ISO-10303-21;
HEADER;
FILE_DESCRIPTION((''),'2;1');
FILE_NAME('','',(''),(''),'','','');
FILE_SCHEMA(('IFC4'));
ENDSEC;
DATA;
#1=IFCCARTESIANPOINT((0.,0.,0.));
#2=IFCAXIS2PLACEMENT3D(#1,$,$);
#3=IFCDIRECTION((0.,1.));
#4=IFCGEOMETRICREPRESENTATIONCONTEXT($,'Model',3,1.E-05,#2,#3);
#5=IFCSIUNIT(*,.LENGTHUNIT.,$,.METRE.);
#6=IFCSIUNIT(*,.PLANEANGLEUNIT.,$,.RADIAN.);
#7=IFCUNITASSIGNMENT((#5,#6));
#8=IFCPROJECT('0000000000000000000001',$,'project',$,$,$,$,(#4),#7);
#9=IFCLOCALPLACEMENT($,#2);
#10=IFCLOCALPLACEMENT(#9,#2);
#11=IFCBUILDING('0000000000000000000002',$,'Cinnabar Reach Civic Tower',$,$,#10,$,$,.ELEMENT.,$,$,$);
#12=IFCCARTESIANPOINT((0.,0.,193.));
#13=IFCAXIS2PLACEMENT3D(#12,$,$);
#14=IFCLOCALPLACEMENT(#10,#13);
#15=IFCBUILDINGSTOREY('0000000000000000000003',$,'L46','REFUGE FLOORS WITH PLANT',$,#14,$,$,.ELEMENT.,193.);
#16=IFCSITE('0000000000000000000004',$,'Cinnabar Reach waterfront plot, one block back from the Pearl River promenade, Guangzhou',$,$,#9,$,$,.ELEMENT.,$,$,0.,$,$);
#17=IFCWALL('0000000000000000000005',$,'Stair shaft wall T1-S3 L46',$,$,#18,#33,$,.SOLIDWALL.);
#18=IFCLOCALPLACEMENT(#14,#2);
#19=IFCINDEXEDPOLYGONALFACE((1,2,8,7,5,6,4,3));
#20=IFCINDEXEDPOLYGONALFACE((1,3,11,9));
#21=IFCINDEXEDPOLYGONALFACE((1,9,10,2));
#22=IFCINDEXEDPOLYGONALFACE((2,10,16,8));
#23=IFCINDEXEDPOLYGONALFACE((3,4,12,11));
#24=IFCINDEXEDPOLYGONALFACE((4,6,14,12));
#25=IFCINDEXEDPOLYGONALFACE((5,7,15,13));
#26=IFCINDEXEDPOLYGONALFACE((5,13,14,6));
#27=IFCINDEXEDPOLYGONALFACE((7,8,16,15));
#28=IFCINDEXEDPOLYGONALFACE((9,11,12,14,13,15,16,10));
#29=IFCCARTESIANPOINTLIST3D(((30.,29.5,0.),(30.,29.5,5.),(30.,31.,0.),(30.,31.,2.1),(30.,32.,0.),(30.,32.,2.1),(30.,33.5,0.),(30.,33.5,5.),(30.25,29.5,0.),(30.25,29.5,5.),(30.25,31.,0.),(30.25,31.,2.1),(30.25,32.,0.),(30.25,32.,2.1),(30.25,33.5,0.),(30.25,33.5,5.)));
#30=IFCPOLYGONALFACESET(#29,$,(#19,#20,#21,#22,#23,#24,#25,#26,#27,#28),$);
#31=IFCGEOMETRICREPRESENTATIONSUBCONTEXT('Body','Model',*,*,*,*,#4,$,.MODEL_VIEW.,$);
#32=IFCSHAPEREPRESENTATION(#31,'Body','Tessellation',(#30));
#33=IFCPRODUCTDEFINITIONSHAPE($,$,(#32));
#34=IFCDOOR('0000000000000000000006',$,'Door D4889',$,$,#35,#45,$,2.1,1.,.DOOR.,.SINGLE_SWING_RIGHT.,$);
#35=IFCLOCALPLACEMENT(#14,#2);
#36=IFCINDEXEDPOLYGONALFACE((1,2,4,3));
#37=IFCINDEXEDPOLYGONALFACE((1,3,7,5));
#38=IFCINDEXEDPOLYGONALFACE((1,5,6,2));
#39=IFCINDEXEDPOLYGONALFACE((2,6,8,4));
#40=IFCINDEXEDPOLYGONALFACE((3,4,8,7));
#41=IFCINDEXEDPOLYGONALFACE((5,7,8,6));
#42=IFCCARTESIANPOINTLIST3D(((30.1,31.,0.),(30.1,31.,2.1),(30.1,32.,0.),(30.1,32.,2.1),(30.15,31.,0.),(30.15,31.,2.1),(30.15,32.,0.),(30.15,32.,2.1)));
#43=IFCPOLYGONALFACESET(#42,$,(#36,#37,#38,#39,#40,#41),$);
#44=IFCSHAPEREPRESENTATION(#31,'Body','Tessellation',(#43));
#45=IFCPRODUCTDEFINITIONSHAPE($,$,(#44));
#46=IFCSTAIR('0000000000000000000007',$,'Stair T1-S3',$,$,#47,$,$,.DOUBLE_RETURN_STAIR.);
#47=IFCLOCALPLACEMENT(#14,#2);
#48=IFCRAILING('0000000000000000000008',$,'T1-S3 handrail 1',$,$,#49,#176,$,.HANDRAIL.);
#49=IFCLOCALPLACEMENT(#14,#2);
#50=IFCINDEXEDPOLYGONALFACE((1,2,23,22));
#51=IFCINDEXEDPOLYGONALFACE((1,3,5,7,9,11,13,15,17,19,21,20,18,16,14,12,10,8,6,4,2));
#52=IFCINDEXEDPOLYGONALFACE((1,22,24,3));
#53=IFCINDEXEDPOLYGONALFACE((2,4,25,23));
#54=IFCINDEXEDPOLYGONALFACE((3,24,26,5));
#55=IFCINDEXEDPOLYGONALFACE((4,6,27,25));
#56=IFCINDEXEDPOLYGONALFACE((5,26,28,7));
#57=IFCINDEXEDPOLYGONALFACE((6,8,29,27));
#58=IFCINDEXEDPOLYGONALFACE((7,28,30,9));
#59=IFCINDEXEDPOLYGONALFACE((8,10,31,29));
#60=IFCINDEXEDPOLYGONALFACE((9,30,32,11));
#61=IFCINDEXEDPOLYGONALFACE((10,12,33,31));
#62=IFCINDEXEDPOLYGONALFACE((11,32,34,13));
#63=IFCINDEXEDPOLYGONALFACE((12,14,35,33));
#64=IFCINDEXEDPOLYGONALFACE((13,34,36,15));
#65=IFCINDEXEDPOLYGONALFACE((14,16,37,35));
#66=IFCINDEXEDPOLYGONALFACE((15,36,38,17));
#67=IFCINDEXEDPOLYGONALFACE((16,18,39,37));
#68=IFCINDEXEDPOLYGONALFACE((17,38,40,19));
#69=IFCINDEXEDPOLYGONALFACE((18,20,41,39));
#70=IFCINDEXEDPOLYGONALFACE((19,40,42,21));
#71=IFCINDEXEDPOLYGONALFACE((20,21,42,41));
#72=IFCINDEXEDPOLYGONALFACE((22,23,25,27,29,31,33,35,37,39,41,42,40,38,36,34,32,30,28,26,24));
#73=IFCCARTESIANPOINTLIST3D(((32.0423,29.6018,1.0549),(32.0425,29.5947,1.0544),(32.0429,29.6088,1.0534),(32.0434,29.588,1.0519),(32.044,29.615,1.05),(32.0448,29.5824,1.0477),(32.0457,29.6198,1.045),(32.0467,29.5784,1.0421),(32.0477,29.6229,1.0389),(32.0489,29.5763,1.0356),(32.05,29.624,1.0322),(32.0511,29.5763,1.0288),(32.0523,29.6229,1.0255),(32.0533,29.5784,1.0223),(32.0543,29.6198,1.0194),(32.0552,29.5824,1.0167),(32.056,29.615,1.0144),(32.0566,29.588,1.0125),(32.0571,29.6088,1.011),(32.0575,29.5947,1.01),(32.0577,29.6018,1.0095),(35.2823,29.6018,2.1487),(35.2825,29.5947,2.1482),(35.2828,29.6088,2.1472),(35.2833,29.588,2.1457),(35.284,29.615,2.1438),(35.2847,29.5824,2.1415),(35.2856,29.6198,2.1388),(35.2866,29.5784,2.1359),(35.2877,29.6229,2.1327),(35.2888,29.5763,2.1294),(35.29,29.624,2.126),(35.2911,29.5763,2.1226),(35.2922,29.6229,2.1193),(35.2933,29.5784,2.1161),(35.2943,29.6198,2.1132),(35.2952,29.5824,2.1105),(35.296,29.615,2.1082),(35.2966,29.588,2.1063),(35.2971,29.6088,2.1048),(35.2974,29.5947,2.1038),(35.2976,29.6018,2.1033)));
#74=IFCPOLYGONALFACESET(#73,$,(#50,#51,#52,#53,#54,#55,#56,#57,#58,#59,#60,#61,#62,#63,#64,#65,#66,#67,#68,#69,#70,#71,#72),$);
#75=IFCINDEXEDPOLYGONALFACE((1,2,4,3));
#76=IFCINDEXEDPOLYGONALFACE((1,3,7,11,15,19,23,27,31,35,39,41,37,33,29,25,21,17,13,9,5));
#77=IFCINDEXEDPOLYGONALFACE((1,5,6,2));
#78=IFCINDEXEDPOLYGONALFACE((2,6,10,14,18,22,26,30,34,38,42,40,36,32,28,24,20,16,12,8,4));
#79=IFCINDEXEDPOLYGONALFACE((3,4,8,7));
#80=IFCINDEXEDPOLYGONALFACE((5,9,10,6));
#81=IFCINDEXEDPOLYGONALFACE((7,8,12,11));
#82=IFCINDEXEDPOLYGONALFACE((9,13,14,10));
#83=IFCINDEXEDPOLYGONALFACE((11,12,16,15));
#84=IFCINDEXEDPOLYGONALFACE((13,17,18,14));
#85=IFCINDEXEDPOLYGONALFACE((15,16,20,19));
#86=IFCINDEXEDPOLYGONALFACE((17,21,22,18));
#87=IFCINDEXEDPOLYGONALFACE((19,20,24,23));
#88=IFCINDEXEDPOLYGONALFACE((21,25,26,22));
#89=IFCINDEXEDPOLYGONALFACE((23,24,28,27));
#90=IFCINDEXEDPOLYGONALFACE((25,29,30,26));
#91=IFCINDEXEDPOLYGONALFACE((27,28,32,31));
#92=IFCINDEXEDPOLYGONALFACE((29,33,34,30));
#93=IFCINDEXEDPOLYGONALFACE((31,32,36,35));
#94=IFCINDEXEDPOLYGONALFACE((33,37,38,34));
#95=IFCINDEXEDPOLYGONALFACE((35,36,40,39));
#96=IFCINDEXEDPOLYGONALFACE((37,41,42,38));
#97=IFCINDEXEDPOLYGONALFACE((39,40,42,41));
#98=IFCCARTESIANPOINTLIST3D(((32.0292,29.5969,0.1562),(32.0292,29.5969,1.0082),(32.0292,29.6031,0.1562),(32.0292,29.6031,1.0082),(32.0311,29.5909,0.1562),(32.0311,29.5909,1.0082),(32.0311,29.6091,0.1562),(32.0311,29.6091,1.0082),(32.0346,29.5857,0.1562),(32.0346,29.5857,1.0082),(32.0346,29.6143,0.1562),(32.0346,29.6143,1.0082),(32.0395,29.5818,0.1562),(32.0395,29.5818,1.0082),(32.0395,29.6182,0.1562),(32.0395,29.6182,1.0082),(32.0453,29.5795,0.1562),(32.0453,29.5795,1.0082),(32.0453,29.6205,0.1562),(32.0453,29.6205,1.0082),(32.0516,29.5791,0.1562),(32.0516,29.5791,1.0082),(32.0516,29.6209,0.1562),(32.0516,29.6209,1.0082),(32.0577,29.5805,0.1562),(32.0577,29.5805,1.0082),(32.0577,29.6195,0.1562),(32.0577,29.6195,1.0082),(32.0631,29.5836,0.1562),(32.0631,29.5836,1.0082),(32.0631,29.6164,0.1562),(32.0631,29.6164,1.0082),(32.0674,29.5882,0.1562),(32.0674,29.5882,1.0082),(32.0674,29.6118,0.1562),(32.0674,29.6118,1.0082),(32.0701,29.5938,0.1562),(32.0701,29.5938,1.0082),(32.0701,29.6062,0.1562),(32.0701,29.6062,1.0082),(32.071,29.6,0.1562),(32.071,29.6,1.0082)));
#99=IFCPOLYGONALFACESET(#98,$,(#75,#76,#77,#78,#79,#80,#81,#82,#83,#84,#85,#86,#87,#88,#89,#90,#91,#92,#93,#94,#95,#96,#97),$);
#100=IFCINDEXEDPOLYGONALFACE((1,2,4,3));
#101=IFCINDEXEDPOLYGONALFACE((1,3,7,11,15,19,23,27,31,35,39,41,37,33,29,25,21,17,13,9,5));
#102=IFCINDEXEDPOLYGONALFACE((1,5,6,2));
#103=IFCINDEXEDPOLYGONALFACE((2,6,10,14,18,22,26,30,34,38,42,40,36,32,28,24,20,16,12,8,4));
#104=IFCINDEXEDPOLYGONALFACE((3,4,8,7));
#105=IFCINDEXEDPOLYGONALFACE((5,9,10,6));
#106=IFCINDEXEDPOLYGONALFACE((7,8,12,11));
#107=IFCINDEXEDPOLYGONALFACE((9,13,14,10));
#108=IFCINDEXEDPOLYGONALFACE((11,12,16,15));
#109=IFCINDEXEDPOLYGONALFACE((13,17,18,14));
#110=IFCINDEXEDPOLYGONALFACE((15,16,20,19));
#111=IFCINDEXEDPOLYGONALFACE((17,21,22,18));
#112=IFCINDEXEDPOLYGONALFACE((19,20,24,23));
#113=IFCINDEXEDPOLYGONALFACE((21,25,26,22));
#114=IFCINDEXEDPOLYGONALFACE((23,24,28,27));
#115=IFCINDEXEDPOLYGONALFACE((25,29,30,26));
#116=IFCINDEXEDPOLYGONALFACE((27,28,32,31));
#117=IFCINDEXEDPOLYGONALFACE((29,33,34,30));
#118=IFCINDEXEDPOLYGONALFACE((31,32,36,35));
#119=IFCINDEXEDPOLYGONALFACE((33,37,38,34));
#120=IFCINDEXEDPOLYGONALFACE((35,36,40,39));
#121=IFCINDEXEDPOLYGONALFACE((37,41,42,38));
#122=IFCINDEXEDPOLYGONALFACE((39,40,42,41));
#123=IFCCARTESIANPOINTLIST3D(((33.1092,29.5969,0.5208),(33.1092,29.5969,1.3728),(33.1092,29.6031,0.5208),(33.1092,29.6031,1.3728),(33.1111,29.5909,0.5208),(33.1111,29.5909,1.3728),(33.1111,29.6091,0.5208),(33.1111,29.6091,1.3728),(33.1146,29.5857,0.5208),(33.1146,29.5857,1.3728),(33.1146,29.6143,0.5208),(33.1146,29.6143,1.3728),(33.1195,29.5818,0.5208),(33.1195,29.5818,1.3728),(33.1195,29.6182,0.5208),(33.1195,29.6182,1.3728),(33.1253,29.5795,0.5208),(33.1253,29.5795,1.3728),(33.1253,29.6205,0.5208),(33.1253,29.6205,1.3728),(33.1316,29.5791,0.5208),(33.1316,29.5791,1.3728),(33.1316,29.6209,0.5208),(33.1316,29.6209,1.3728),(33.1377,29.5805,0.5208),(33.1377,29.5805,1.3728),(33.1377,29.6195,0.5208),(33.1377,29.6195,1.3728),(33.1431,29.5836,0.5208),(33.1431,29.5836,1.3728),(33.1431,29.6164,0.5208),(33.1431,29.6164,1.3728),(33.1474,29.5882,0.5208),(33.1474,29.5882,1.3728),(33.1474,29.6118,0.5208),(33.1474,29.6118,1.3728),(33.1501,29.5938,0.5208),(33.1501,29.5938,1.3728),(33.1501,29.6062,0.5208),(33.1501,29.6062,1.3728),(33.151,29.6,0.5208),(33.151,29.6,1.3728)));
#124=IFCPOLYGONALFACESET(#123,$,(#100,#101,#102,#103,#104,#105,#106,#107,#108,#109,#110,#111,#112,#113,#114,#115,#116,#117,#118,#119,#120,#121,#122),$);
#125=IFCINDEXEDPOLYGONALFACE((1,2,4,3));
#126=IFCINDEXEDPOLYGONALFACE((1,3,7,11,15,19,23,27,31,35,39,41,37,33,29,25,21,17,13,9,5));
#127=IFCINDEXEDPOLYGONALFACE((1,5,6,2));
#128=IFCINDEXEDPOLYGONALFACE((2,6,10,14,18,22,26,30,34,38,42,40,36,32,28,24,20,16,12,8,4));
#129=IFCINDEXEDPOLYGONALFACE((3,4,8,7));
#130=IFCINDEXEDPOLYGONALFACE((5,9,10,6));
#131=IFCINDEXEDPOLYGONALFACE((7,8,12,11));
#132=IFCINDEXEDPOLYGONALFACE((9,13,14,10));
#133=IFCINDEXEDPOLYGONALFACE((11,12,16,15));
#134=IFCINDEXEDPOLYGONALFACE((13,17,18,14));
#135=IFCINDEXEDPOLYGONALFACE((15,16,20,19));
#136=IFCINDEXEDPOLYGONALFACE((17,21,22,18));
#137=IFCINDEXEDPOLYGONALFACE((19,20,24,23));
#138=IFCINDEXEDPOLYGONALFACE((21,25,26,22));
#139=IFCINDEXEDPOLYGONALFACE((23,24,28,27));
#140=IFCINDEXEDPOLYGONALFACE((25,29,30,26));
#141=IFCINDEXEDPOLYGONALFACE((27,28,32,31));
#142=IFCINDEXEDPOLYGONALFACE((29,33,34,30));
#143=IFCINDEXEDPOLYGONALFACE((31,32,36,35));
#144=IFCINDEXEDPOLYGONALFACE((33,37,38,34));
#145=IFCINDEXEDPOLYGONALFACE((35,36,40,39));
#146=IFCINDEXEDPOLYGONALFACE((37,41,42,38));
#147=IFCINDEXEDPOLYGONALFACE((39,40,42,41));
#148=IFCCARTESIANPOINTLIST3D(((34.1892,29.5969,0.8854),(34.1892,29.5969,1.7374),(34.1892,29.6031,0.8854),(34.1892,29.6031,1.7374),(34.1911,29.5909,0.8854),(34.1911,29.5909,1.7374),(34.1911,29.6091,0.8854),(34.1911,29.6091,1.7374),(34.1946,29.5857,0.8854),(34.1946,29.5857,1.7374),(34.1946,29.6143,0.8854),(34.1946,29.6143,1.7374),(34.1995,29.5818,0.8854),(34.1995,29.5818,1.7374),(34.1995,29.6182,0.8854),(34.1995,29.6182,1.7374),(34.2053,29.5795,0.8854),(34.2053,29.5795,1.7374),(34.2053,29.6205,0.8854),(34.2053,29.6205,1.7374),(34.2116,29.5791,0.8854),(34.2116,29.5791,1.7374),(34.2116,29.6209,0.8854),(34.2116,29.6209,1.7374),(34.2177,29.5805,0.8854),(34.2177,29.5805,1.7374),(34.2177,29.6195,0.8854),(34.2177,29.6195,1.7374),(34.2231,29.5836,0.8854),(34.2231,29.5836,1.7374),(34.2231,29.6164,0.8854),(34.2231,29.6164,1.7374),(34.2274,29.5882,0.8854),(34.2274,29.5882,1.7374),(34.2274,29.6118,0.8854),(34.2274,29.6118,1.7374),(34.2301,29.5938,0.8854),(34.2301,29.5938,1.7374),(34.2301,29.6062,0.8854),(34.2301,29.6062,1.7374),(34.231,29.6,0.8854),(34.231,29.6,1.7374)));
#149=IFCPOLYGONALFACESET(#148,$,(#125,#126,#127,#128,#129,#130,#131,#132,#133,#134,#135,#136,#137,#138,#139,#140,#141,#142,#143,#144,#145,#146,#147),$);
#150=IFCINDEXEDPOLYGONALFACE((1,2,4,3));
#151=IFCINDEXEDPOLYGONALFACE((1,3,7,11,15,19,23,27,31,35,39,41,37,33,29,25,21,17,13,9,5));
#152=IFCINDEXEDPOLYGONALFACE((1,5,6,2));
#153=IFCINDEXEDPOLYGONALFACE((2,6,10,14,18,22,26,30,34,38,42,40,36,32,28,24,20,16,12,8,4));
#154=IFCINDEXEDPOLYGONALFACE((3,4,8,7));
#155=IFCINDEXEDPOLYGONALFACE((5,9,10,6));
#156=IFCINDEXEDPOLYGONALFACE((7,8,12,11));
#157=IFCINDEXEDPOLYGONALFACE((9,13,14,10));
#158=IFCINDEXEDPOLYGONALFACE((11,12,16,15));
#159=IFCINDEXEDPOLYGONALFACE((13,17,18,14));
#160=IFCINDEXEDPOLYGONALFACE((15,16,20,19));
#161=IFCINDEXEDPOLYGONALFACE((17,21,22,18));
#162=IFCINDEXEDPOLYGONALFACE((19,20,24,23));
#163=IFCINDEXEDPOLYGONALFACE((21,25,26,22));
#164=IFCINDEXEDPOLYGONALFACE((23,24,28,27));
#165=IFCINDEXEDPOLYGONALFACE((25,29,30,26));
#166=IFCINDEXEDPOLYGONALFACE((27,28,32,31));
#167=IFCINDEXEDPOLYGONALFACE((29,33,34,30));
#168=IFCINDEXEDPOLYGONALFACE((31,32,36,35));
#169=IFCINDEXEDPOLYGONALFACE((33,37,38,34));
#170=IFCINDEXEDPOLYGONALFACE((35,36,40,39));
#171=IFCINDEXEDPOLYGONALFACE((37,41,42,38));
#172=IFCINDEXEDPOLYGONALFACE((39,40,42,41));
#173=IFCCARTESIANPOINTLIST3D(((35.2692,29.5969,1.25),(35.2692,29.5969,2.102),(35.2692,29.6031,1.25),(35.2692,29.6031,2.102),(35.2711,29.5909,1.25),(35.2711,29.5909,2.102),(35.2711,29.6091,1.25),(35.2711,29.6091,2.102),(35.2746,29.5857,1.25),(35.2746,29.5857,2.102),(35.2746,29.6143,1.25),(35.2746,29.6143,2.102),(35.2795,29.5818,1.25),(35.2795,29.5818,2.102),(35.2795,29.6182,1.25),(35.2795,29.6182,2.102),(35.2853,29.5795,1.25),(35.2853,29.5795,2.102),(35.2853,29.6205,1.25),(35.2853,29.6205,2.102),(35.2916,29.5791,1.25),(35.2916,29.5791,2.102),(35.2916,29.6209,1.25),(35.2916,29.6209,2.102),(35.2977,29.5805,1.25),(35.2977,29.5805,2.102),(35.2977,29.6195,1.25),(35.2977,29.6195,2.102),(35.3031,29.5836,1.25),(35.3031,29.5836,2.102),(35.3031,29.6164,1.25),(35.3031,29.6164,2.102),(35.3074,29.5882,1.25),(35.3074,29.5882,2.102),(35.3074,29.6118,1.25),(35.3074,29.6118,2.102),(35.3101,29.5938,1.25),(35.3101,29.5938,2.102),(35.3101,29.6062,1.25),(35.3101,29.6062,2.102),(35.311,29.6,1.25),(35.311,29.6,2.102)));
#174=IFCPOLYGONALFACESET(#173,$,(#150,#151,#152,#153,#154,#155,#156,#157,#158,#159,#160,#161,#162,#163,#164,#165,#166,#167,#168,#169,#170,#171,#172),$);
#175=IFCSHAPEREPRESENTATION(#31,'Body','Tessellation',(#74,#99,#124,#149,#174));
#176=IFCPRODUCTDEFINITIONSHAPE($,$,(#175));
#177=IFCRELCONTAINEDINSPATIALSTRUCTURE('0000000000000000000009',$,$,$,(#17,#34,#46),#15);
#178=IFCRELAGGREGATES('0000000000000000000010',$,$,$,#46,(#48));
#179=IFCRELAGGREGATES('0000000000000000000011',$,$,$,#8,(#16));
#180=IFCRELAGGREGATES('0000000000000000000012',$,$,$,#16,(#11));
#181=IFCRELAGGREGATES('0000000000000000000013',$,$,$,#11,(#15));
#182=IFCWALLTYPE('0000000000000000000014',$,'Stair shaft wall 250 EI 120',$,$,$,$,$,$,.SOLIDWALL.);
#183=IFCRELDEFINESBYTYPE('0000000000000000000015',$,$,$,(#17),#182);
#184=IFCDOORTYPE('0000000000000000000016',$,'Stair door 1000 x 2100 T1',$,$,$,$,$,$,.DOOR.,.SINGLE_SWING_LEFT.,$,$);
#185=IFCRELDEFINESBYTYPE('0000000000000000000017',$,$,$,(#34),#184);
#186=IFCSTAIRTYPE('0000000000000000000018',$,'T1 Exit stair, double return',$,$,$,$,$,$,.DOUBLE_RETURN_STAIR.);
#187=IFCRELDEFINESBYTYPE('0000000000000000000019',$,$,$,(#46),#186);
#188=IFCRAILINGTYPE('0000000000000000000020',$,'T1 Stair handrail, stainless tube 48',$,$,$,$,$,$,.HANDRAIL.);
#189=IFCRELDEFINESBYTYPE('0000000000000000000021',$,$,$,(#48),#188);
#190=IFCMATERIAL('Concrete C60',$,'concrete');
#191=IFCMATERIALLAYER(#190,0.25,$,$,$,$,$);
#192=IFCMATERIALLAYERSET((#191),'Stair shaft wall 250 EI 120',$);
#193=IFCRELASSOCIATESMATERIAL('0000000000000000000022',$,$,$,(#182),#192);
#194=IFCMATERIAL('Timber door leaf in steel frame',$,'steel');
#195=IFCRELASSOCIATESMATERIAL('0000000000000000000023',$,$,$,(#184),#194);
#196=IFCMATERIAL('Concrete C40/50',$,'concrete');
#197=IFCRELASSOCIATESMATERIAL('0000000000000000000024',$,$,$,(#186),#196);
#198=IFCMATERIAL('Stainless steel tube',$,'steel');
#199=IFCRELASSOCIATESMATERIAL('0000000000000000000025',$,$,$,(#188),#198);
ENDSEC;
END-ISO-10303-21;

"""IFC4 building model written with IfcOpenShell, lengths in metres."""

from ifc_helpers import new_model, si_unit, direction, frame, frame_2d, origin, origin_2d, place, context, subcontext, project, spatial, rectangle, circle, extrude, material, layer, layer_set, type_object, element, fill, aggregate, save


model = new_model("IFC4")

# Units and contexts
model_context = context("Model", 3, precision=1e-05, world=origin(), true_north=direction((0.0, 1.0)))
body_context = subcontext(model_context, "Body", "Model", "MODEL_VIEW")
ifc_project = project(units=[si_unit("LENGTHUNIT", "METRE"), si_unit("PLANEANGLEUNIT", "RADIAN")], contexts=[model_context])

# Site, building, storey
site_placement = place(None, origin())
site = spatial("IfcSite", under=ifc_project, at=site_placement, Name="Cinnabar Reach waterfront plot, one block back from the Pearl River promenade, Guangzhou", CompositionType="ELEMENT", RefElevation=0.0)
building_placement = place(site_placement, origin())
building = spatial("IfcBuilding", under=site, at=building_placement, Name="Cinnabar Reach Civic Tower", CompositionType="ELEMENT")
storey_placement = place(building_placement, frame((0.0, 0.0, 193.0)))
storey = spatial("IfcBuildingStorey", under=building, at=storey_placement, Name="L46", Description="REFUGE FLOORS WITH PLANT", CompositionType="ELEMENT", Elevation=193.0)

# Shared definitions
ifc_material_1 = material(Name="Timber door leaf in steel frame", Category="steel")

# Wall, opening, door
ifc_material_2 = material(Name="Concrete C60", Category="concrete")
ifc_layer_1 = layer(ifc_material_2, 0.25)
ifc_layer_set_1 = layer_set([ifc_layer_1], Name="Stair shaft wall 250 EI 120")
wall_type_1 = type_object("IfcWallType", Name="Stair shaft wall 250 EI 120", PredefinedType="SOLIDWALL", material=ifc_layer_set_1)
wall_1_placement = place(storey_placement, frame((30.125, 33.5, 0.0), z_axis=(0.0, 0.0, 1.0), x_axis=(0.0, -1.0, 0.0)))
wall_1 = element("IfcWall", 1, at=wall_1_placement, inside=storey, type_object=wall_type_1, Name="Stair shaft wall T1-S3 L46", PredefinedType="SOLIDWALL", context=body_context, shape_type="SweptSolid", body=[
    extrude(rectangle(XDim=4.0, YDim=0.25, at=frame_2d((2.0, 0.0))), origin(), (0.0, 0.0, 1.0), 5.0),
])
opening_1_placement = place(wall_1_placement, frame((1.5, 0.0, 0.0)))
opening_1 = element("IfcOpeningElement", 2, at=opening_1_placement, cuts=wall_1, PredefinedType="OPENING", context=body_context, shape_type="SweptSolid", body=[
    extrude(rectangle(XDim=1.0, YDim=2.1, at=frame_2d((0.5, 1.05))), frame((0.0, 0.135, 0.0), z_axis=(0.0, -1.0, 0.0), x_axis=(1.0, 0.0, 0.0)), (0.0, 0.0, 1.0), 0.27),
])
door_type_1 = type_object("IfcDoorType", Name="Stair door 1000 x 2100 T1", OperationType="SINGLE_SWING_LEFT", PredefinedType="DOOR", material=ifc_material_1)
door_1_placement = place(opening_1_placement, origin())
door_1 = element("IfcDoor", 3, at=door_1_placement, inside=storey, type_object=door_type_1, Name="Door D4889", OperationType="SINGLE_SWING_RIGHT", OverallHeight=2.1, OverallWidth=1.0, PredefinedType="DOOR", context=body_context, shape_type="SweptSolid", body=[
    extrude(rectangle(XDim=1.0, YDim=2.1, at=frame_2d((0.5, 1.05))), frame((0.0, 0.025, 0.0), z_axis=(0.0, -1.0, 0.0), x_axis=(1.0, 0.0, 0.0)), (0.0, 0.0, 1.0), 0.05),
])
fill(opening_1, door_1)

# Stair, railing
ifc_material_3 = material(Name="Concrete C40/50", Category="concrete")
stair_type = type_object("IfcStairType", Name="T1 Exit stair, double return", PredefinedType="DOUBLE_RETURN_STAIR", material=ifc_material_3)
stair_placement = place(storey_placement, origin())
stair = element("IfcStair", 4, at=stair_placement, inside=storey, type_object=stair_type, Name="Stair T1-S3", PredefinedType="DOUBLE_RETURN_STAIR")
ifc_material_4 = material(Name="Stainless steel tube", Category="steel")
railing_type = type_object("IfcRailingType", Name="T1 Stair handrail, stainless tube 48", PredefinedType="HANDRAIL", material=ifc_material_4)
railing_1_placement = place(storey_placement, frame((32.05, 29.6, 0.1562)))
railing_1 = element("IfcRailing", 5, at=railing_1_placement, type_object=railing_type, Name="T1-S3 handrail 1", PredefinedType="HANDRAIL", context=body_context, shape_type="SweptSolid", body=[
    extrude(circle(Radius=0.024, at=origin_2d()), frame((0.0, 0.0, 0.876), z_axis=(0.947466, 0.0, 0.319857), x_axis=(0.0, 1.0, 0.0)), (0.0, 0.0, 1.0), 3.4196),
    extrude(circle(Radius=0.021, at=origin_2d()), origin(), (0.0, 0.0, 1.0), 0.852),
    extrude(circle(Radius=0.021, at=origin_2d()), frame((1.08, 0.0, 0.3646)), (0.0, 0.0, 1.0), 0.852),
    extrude(circle(Radius=0.021, at=origin_2d()), frame((2.16, 0.0, 0.7292)), (0.0, 0.0, 1.0), 0.852),
    extrude(circle(Radius=0.021, at=origin_2d()), frame((3.24, 0.0, 1.0938)), (0.0, 0.0, 1.0), 0.852),
])
aggregate(stair, [railing_1])

save(model, "model.ifc")
